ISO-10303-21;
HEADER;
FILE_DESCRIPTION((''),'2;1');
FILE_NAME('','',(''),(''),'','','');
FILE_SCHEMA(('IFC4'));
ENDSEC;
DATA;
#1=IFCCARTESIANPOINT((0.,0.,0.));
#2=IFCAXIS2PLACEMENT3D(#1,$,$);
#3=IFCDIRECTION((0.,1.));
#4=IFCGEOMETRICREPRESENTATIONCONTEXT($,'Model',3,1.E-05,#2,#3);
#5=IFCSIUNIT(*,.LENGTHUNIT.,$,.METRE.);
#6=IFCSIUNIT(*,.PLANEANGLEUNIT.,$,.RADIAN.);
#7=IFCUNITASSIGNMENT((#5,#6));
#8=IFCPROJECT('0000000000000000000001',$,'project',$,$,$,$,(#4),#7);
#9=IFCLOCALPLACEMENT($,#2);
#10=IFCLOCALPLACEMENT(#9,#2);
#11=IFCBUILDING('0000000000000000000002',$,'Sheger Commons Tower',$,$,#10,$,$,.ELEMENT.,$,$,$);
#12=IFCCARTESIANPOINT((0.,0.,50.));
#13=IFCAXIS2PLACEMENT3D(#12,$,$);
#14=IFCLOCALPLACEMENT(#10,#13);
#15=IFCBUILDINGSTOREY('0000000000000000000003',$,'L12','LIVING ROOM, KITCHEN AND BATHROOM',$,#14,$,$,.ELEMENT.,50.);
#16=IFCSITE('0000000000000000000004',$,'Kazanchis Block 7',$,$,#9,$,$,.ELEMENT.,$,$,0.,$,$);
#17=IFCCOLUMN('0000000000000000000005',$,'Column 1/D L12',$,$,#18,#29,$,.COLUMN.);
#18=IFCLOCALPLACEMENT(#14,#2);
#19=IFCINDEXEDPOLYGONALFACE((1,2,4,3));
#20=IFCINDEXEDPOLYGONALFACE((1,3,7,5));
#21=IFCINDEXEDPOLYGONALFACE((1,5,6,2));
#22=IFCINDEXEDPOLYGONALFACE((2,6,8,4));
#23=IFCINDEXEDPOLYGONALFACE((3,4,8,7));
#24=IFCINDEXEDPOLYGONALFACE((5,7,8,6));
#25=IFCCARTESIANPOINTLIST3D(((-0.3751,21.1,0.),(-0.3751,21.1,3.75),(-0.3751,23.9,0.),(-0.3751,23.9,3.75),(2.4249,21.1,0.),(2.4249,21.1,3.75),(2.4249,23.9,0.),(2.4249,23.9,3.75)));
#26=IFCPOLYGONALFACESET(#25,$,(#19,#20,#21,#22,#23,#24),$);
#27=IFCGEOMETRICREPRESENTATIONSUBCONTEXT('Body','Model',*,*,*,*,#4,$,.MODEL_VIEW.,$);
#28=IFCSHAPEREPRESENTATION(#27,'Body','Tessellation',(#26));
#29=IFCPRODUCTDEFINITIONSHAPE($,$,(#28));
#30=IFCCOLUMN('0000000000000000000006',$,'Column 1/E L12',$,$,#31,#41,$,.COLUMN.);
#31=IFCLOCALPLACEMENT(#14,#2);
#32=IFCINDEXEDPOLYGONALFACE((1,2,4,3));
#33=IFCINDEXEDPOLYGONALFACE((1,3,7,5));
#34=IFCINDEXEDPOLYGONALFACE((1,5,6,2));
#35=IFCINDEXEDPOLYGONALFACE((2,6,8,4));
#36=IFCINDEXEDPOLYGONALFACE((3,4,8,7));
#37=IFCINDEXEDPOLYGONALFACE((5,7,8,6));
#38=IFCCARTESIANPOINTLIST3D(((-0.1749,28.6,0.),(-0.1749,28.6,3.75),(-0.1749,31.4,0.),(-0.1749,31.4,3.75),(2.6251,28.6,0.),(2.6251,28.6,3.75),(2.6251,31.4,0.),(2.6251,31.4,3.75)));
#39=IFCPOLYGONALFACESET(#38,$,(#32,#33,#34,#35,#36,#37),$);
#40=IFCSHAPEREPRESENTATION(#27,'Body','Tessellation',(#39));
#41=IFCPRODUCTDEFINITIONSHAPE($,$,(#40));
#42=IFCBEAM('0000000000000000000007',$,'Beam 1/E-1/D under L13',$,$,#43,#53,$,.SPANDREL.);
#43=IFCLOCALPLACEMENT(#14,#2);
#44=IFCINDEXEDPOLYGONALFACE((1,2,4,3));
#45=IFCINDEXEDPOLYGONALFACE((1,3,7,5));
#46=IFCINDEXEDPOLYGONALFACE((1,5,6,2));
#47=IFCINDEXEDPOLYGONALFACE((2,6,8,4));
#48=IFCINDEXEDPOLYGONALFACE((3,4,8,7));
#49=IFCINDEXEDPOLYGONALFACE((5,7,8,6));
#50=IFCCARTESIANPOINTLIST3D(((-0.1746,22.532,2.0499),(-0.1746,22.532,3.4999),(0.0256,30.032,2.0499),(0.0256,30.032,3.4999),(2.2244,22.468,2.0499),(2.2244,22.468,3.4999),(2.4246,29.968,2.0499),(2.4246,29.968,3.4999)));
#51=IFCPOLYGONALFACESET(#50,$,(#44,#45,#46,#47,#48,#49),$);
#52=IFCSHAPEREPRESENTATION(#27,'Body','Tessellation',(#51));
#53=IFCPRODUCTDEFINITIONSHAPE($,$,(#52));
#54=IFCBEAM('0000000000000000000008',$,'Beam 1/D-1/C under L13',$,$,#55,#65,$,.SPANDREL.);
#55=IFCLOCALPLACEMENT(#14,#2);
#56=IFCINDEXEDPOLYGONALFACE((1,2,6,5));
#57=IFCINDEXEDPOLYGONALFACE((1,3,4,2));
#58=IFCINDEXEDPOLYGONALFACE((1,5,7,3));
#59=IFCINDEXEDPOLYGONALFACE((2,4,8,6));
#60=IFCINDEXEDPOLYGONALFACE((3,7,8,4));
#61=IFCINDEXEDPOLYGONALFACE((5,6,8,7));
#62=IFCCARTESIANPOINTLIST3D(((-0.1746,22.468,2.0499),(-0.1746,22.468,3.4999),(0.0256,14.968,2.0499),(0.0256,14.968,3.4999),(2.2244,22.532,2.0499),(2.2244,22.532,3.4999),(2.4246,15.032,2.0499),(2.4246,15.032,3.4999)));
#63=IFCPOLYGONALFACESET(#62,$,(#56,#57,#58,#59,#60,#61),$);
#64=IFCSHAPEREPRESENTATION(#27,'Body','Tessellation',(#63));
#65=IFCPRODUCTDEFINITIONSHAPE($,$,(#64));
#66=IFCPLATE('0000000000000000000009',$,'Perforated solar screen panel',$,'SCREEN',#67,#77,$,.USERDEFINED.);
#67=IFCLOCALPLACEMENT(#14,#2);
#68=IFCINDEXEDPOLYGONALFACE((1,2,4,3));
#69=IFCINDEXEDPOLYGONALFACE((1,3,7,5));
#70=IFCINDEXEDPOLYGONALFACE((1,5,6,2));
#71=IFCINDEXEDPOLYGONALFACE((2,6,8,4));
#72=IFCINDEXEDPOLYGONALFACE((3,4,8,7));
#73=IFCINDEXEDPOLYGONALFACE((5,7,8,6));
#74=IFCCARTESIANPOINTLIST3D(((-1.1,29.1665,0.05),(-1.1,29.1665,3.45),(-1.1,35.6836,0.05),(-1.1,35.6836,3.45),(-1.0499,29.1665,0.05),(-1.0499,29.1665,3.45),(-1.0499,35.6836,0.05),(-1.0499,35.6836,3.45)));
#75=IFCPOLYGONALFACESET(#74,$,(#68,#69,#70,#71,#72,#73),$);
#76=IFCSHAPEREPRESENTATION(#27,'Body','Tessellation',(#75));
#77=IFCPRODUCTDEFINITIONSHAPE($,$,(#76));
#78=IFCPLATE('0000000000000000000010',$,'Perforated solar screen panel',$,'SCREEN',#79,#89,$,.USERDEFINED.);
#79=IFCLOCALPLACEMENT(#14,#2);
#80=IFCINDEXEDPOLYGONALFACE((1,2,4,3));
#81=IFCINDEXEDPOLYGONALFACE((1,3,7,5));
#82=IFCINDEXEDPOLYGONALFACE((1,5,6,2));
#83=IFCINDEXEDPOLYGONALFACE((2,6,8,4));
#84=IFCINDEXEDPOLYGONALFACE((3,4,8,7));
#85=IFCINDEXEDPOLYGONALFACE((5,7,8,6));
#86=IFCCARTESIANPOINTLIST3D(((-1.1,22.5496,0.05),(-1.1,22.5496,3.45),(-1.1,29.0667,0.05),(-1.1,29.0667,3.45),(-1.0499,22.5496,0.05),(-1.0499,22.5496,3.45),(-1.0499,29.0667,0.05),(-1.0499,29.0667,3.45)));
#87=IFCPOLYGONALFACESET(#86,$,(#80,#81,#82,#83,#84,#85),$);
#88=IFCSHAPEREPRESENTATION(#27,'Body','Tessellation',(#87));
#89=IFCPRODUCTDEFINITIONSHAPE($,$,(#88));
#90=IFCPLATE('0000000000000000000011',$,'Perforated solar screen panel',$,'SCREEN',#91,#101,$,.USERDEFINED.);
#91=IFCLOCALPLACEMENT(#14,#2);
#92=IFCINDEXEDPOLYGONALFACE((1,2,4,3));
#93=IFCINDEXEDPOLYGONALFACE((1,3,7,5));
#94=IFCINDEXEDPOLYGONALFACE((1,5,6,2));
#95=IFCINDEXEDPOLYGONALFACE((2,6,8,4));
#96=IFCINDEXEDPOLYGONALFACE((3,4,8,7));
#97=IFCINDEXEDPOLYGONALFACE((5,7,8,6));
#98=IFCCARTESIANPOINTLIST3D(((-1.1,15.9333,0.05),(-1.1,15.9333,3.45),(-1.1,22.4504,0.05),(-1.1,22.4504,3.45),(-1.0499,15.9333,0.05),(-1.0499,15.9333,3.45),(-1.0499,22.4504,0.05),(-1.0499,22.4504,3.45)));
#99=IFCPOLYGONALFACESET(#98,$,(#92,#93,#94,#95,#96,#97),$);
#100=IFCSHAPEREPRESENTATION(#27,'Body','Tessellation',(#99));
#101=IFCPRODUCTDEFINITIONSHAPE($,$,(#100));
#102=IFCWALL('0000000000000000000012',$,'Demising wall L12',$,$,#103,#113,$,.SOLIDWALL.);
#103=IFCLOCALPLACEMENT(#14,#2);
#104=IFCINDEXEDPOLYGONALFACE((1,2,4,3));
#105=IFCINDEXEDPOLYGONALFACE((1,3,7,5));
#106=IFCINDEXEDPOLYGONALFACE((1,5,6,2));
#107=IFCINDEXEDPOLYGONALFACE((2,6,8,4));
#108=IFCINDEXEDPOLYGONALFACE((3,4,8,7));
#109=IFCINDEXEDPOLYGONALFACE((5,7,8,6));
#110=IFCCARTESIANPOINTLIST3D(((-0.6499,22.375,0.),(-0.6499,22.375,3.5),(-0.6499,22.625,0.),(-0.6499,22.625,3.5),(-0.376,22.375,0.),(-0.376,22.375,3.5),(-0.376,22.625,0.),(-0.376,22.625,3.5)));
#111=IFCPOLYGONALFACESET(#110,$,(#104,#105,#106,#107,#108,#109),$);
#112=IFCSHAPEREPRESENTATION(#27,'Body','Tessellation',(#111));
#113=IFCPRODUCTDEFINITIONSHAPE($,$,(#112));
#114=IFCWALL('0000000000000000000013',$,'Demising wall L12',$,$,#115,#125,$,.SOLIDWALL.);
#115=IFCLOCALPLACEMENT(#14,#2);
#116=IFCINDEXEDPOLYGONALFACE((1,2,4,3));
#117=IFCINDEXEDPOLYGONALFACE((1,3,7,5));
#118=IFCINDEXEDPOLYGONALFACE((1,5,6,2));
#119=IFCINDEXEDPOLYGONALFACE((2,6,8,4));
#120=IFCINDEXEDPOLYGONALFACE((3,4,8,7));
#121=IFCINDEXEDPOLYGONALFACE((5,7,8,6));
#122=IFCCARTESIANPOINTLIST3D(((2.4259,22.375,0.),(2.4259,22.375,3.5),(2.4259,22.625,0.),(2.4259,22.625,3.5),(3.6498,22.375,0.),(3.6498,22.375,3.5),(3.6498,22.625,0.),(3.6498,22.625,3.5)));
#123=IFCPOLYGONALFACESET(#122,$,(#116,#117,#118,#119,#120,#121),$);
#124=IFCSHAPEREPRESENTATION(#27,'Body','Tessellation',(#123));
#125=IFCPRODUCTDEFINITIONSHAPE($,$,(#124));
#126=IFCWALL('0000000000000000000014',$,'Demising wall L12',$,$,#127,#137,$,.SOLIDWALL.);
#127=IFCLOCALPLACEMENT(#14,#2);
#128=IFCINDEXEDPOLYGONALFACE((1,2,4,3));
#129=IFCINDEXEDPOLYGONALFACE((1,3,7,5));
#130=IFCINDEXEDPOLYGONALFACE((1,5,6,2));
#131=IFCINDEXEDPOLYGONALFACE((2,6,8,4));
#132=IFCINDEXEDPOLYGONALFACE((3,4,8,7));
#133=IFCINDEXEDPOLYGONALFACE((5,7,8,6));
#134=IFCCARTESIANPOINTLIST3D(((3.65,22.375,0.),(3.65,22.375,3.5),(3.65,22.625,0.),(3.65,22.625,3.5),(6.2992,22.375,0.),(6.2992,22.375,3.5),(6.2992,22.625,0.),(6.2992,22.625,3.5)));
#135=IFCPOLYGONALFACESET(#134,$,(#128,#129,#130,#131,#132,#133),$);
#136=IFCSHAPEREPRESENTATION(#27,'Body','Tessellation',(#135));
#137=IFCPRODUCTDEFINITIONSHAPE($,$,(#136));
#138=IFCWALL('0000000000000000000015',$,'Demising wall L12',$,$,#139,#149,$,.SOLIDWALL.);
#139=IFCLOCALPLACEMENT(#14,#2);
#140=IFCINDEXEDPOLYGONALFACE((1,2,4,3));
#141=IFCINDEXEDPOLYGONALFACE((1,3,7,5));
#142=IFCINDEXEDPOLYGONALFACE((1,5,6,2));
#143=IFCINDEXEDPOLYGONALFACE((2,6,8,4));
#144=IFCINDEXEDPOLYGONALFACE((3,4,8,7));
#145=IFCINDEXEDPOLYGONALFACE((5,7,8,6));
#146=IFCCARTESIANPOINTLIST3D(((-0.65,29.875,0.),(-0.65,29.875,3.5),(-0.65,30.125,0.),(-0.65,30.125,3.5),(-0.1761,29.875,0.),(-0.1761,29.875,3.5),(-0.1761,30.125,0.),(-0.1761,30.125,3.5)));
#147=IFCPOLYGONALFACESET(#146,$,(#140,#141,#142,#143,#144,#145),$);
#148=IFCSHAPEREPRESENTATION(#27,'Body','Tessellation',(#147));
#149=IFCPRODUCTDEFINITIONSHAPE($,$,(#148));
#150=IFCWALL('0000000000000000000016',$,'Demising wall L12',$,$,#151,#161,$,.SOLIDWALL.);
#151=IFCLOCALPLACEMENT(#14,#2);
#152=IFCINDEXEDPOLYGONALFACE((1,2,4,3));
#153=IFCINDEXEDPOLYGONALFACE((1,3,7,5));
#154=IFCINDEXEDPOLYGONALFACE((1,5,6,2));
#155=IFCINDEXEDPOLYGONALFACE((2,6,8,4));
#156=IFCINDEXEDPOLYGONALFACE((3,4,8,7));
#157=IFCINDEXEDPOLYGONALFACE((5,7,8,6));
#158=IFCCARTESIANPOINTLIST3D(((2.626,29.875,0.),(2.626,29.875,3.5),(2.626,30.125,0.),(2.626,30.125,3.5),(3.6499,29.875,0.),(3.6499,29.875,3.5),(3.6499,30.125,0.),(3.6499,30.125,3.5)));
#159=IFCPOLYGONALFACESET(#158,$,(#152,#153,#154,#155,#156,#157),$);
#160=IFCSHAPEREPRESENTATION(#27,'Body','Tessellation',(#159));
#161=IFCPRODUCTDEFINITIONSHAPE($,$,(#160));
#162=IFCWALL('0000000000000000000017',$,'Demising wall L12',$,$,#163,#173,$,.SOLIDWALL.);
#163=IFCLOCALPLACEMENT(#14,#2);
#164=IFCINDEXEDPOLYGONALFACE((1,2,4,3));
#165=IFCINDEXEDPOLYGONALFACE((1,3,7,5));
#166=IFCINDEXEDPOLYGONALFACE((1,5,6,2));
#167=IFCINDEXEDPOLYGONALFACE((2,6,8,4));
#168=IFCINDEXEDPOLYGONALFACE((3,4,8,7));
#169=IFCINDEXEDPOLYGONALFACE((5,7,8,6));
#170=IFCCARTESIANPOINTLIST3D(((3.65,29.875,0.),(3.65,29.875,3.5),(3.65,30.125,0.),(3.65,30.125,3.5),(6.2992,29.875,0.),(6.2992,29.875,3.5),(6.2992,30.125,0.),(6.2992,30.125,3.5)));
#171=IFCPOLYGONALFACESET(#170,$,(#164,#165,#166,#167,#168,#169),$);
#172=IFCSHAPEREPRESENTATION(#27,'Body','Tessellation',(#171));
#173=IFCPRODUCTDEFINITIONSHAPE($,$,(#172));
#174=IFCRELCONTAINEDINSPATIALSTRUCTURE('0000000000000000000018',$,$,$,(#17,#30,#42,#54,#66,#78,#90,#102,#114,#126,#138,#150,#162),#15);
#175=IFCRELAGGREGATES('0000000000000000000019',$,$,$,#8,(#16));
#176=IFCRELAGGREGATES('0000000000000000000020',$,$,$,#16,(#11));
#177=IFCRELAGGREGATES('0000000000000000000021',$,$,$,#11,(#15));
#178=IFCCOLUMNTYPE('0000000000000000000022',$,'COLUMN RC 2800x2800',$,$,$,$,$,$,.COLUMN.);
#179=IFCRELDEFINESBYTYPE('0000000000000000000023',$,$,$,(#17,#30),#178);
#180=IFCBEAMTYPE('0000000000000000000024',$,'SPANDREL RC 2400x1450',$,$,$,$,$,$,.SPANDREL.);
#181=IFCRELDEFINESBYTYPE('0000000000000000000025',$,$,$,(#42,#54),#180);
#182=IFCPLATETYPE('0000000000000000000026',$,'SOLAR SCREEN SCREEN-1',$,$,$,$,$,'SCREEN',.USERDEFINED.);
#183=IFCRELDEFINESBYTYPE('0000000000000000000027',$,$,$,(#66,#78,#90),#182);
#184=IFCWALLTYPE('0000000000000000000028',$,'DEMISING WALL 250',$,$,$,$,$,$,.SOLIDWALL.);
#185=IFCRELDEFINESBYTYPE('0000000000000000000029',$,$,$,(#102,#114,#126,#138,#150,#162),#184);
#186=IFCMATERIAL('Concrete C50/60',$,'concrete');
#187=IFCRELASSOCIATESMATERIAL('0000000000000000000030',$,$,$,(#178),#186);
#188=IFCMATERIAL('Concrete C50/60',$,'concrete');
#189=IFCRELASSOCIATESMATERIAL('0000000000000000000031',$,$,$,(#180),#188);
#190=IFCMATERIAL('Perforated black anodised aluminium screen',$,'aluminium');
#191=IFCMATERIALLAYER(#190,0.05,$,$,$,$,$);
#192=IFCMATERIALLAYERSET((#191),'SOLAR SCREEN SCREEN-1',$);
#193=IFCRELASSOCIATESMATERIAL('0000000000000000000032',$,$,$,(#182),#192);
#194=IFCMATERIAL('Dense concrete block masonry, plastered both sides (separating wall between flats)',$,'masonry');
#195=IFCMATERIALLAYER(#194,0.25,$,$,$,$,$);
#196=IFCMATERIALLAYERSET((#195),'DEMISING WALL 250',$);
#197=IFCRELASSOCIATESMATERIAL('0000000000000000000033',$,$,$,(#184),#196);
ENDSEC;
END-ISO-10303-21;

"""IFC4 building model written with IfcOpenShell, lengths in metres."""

from ifc_helpers import new_model, si_unit, direction, frame, frame_2d, origin, origin_2d, place, context, subcontext, project, spatial, rectangle, extrude, material, layer, layer_set, material_profile, profile_set, type_object, element, save


model = new_model("IFC4")

# Units and contexts
model_context = context("Model", 3, precision=1e-05, world=origin(), true_north=direction((0.0, 1.0)))
body_context = subcontext(model_context, "Body", "Model", "MODEL_VIEW")
ifc_project = project(units=[si_unit("LENGTHUNIT", "METRE"), si_unit("PLANEANGLEUNIT", "RADIAN")], contexts=[model_context])

# Site, building, storey
site_placement = place(None, origin())
site = spatial("IfcSite", under=ifc_project, at=site_placement, Name="Kazanchis Block 7", CompositionType="ELEMENT", RefElevation=0.0)
building_placement = place(site_placement, origin())
building = spatial("IfcBuilding", under=site, at=building_placement, Name="Sheger Commons Tower", CompositionType="ELEMENT")
storey_placement = place(building_placement, frame((0.0, 0.0, 50.0)))
storey = spatial("IfcBuildingStorey", under=building, at=storey_placement, Name="L12", Description="LIVING ROOM, KITCHEN AND BATHROOM", CompositionType="ELEMENT", Elevation=50.0)

# Columns
ifc_material_1 = material(Name="Concrete C50/60", Category="concrete")
ifc_material_profile_1 = material_profile(ifc_material_1, rectangle(XDim=2.8, YDim=2.8, at=origin_2d()), Name="RC 2800x2800")
ifc_profile_set_1 = profile_set([ifc_material_profile_1], Name="Concrete C50/60")
column_type = type_object("IfcColumnType", Name="COLUMN RC 2800x2800", PredefinedType="COLUMN", material=ifc_profile_set_1)
for number, where, z_axis, x_axis, name in (
    (1, (1.0249, 22.5, 0.0), (0.0, 0.0, 1.0), (1.0, 0.0, 0.0), "Column 1/D L12"),
    (2, (1.2251, 30.0, 0.0), (0.0, 0.0, 1.0), (1.0, 0.0, 0.0), "Column 1/E L12"),
):
    element("IfcColumn", number, at=place(storey_placement, frame(where, z_axis=z_axis, x_axis=x_axis)), inside=storey, type_object=column_type, Name=name, PredefinedType="COLUMN", context=body_context, shape_type="SweptSolid", body=[
        extrude(rectangle(XDim=2.8, YDim=2.8, at=origin_2d()), origin(), (0.0, 0.0, 1.0), 3.75),
    ])

# Beams
ifc_material_2 = material(Name="Concrete C50/60", Category="concrete")
ifc_material_profile_2 = material_profile(ifc_material_2, rectangle(XDim=2.3999, YDim=1.45, at=origin_2d()), Name="RC 2400x1450")
ifc_profile_set_2 = profile_set([ifc_material_profile_2], Name="Concrete C50/60")
beam_type = type_object("IfcBeamType", Name="SPANDREL RC 2400x1450", PredefinedType="SPANDREL", material=ifc_profile_set_2)
for number, where, z_axis, x_axis, name in (
    (3, (1.2251, 30.0, 2.7749), (-0.026683, -0.999644, 0.0), (0.999644, -0.026683, 0.0), "Beam 1/E-1/D under L13"),
    (4, (1.0249, 22.5, 2.7749), (0.026683, -0.999644, 0.0), (0.999644, 0.026683, 0.0), "Beam 1/D-1/C under L13"),
):
    element("IfcBeam", number, at=place(storey_placement, frame(where, z_axis=z_axis, x_axis=x_axis)), inside=storey, type_object=beam_type, Name=name, PredefinedType="SPANDREL", context=body_context, shape_type="SweptSolid", body=[
        extrude(rectangle(XDim=2.3999, YDim=1.45, at=origin_2d()), origin(), (0.0, 0.0, 1.0), 7.5027),
    ])

# Plates
ifc_material_3 = material(Name="Perforated black anodised aluminium screen", Category="aluminium")
ifc_layer_1 = layer(ifc_material_3, 0.05)
ifc_layer_set_1 = layer_set([ifc_layer_1], Name="SOLAR SCREEN SCREEN-1")
plate_type = type_object("IfcPlateType", Name="SOLAR SCREEN SCREEN-1", ElementType="SCREEN", PredefinedType="USERDEFINED", material=ifc_layer_set_1)
for number, where, z_axis, x_axis, name in (
    (5, (-1.075, 32.425, 0.05), (0.0, 0.0, 1.0), (0.0, -1.0, 0.0), "Perforated solar screen panel"),
    (6, (-1.075, 25.8081, 0.05), (0.0, 0.0, 1.0), (0.0, -1.0, 0.0), "Perforated solar screen panel"),
    (7, (-1.075, 19.1919, 0.05), (0.0, 0.0, 1.0), (0.0, -1.0, 0.0), "Perforated solar screen panel"),
):
    element("IfcPlate", number, at=place(storey_placement, frame(where, z_axis=z_axis, x_axis=x_axis)), inside=storey, type_object=plate_type, Name=name, ObjectType="SCREEN", PredefinedType="USERDEFINED", context=body_context, shape_type="SweptSolid", body=[
        extrude(rectangle(XDim=6.5171, YDim=0.05, at=origin_2d()), origin(), (0.0, 0.0, 1.0), 3.3999),
    ])

# Walls
ifc_material_4 = material(Name="Dense concrete block masonry, plastered both sides (separating wall between flats)", Category="masonry")
ifc_layer_2 = layer(ifc_material_4, 0.25)
ifc_layer_set_2 = layer_set([ifc_layer_2], Name="DEMISING WALL 250")
wall_type_1 = type_object("IfcWallType", Name="DEMISING WALL 250", PredefinedType="SOLIDWALL", material=ifc_layer_set_2)
wall_1_placement = place(storey_placement, frame((-0.6499, 22.5, 0.0), z_axis=(0.0, 0.0, 1.0), x_axis=(1.0, 0.0, 0.0)))
element("IfcWall", 8, at=wall_1_placement, inside=storey, type_object=wall_type_1, Name="Demising wall L12", PredefinedType="SOLIDWALL", context=body_context, shape_type="SweptSolid", body=[
    extrude(rectangle(XDim=0.2739, YDim=0.25, at=frame_2d((0.137, 0.0))), origin(), (0.0, 0.0, 1.0), 3.5),
])
wall_2_placement = place(storey_placement, frame((2.426, 22.5, 0.0), z_axis=(0.0, 0.0, 1.0), x_axis=(1.0, 0.0, 0.0)))
element("IfcWall", 9, at=wall_2_placement, inside=storey, type_object=wall_type_1, Name="Demising wall L12", PredefinedType="SOLIDWALL", context=body_context, shape_type="SweptSolid", body=[
    extrude(rectangle(XDim=1.2239, YDim=0.25, at=frame_2d((0.6118, 0.0))), origin(), (0.0, 0.0, 1.0), 3.5),
])
wall_3_placement = place(storey_placement, frame((3.6499, 22.5, 0.0), z_axis=(0.0, 0.0, 1.0), x_axis=(1.0, 0.0, 0.0)))
element("IfcWall", 10, at=wall_3_placement, inside=storey, type_object=wall_type_1, Name="Demising wall L12", PredefinedType="SOLIDWALL", context=body_context, shape_type="SweptSolid", body=[
    extrude(rectangle(XDim=2.6492, YDim=0.25, at=frame_2d((1.3247, 0.0))), origin(), (0.0, 0.0, 1.0), 3.5),
])
wall_4_placement = place(storey_placement, frame((-0.6499, 30.0, 0.0), z_axis=(0.0, 0.0, 1.0), x_axis=(1.0, 0.0, 0.0)))
element("IfcWall", 11, at=wall_4_placement, inside=storey, type_object=wall_type_1, Name="Demising wall L12", PredefinedType="SOLIDWALL", context=body_context, shape_type="SweptSolid", body=[
    extrude(rectangle(XDim=0.4739, YDim=0.25, at=frame_2d((0.2368, 0.0))), origin(), (0.0, 0.0, 1.0), 3.5),
])
wall_5_placement = place(storey_placement, frame((2.626, 30.0, 0.0), z_axis=(0.0, 0.0, 1.0), x_axis=(1.0, 0.0, 0.0)))
element("IfcWall", 12, at=wall_5_placement, inside=storey, type_object=wall_type_1, Name="Demising wall L12", PredefinedType="SOLIDWALL", context=body_context, shape_type="SweptSolid", body=[
    extrude(rectangle(XDim=1.0239, YDim=0.25, at=frame_2d((0.512, 0.0))), origin(), (0.0, 0.0, 1.0), 3.5),
])
wall_6_placement = place(storey_placement, frame((3.6499, 30.0, 0.0), z_axis=(0.0, 0.0, 1.0), x_axis=(1.0, 0.0, 0.0)))
element("IfcWall", 13, at=wall_6_placement, inside=storey, type_object=wall_type_1, Name="Demising wall L12", PredefinedType="SOLIDWALL", context=body_context, shape_type="SweptSolid", body=[
    extrude(rectangle(XDim=2.6492, YDim=0.25, at=frame_2d((1.3247, 0.0))), origin(), (0.0, 0.0, 1.0), 3.5),
])

save(model, "model.ifc")
